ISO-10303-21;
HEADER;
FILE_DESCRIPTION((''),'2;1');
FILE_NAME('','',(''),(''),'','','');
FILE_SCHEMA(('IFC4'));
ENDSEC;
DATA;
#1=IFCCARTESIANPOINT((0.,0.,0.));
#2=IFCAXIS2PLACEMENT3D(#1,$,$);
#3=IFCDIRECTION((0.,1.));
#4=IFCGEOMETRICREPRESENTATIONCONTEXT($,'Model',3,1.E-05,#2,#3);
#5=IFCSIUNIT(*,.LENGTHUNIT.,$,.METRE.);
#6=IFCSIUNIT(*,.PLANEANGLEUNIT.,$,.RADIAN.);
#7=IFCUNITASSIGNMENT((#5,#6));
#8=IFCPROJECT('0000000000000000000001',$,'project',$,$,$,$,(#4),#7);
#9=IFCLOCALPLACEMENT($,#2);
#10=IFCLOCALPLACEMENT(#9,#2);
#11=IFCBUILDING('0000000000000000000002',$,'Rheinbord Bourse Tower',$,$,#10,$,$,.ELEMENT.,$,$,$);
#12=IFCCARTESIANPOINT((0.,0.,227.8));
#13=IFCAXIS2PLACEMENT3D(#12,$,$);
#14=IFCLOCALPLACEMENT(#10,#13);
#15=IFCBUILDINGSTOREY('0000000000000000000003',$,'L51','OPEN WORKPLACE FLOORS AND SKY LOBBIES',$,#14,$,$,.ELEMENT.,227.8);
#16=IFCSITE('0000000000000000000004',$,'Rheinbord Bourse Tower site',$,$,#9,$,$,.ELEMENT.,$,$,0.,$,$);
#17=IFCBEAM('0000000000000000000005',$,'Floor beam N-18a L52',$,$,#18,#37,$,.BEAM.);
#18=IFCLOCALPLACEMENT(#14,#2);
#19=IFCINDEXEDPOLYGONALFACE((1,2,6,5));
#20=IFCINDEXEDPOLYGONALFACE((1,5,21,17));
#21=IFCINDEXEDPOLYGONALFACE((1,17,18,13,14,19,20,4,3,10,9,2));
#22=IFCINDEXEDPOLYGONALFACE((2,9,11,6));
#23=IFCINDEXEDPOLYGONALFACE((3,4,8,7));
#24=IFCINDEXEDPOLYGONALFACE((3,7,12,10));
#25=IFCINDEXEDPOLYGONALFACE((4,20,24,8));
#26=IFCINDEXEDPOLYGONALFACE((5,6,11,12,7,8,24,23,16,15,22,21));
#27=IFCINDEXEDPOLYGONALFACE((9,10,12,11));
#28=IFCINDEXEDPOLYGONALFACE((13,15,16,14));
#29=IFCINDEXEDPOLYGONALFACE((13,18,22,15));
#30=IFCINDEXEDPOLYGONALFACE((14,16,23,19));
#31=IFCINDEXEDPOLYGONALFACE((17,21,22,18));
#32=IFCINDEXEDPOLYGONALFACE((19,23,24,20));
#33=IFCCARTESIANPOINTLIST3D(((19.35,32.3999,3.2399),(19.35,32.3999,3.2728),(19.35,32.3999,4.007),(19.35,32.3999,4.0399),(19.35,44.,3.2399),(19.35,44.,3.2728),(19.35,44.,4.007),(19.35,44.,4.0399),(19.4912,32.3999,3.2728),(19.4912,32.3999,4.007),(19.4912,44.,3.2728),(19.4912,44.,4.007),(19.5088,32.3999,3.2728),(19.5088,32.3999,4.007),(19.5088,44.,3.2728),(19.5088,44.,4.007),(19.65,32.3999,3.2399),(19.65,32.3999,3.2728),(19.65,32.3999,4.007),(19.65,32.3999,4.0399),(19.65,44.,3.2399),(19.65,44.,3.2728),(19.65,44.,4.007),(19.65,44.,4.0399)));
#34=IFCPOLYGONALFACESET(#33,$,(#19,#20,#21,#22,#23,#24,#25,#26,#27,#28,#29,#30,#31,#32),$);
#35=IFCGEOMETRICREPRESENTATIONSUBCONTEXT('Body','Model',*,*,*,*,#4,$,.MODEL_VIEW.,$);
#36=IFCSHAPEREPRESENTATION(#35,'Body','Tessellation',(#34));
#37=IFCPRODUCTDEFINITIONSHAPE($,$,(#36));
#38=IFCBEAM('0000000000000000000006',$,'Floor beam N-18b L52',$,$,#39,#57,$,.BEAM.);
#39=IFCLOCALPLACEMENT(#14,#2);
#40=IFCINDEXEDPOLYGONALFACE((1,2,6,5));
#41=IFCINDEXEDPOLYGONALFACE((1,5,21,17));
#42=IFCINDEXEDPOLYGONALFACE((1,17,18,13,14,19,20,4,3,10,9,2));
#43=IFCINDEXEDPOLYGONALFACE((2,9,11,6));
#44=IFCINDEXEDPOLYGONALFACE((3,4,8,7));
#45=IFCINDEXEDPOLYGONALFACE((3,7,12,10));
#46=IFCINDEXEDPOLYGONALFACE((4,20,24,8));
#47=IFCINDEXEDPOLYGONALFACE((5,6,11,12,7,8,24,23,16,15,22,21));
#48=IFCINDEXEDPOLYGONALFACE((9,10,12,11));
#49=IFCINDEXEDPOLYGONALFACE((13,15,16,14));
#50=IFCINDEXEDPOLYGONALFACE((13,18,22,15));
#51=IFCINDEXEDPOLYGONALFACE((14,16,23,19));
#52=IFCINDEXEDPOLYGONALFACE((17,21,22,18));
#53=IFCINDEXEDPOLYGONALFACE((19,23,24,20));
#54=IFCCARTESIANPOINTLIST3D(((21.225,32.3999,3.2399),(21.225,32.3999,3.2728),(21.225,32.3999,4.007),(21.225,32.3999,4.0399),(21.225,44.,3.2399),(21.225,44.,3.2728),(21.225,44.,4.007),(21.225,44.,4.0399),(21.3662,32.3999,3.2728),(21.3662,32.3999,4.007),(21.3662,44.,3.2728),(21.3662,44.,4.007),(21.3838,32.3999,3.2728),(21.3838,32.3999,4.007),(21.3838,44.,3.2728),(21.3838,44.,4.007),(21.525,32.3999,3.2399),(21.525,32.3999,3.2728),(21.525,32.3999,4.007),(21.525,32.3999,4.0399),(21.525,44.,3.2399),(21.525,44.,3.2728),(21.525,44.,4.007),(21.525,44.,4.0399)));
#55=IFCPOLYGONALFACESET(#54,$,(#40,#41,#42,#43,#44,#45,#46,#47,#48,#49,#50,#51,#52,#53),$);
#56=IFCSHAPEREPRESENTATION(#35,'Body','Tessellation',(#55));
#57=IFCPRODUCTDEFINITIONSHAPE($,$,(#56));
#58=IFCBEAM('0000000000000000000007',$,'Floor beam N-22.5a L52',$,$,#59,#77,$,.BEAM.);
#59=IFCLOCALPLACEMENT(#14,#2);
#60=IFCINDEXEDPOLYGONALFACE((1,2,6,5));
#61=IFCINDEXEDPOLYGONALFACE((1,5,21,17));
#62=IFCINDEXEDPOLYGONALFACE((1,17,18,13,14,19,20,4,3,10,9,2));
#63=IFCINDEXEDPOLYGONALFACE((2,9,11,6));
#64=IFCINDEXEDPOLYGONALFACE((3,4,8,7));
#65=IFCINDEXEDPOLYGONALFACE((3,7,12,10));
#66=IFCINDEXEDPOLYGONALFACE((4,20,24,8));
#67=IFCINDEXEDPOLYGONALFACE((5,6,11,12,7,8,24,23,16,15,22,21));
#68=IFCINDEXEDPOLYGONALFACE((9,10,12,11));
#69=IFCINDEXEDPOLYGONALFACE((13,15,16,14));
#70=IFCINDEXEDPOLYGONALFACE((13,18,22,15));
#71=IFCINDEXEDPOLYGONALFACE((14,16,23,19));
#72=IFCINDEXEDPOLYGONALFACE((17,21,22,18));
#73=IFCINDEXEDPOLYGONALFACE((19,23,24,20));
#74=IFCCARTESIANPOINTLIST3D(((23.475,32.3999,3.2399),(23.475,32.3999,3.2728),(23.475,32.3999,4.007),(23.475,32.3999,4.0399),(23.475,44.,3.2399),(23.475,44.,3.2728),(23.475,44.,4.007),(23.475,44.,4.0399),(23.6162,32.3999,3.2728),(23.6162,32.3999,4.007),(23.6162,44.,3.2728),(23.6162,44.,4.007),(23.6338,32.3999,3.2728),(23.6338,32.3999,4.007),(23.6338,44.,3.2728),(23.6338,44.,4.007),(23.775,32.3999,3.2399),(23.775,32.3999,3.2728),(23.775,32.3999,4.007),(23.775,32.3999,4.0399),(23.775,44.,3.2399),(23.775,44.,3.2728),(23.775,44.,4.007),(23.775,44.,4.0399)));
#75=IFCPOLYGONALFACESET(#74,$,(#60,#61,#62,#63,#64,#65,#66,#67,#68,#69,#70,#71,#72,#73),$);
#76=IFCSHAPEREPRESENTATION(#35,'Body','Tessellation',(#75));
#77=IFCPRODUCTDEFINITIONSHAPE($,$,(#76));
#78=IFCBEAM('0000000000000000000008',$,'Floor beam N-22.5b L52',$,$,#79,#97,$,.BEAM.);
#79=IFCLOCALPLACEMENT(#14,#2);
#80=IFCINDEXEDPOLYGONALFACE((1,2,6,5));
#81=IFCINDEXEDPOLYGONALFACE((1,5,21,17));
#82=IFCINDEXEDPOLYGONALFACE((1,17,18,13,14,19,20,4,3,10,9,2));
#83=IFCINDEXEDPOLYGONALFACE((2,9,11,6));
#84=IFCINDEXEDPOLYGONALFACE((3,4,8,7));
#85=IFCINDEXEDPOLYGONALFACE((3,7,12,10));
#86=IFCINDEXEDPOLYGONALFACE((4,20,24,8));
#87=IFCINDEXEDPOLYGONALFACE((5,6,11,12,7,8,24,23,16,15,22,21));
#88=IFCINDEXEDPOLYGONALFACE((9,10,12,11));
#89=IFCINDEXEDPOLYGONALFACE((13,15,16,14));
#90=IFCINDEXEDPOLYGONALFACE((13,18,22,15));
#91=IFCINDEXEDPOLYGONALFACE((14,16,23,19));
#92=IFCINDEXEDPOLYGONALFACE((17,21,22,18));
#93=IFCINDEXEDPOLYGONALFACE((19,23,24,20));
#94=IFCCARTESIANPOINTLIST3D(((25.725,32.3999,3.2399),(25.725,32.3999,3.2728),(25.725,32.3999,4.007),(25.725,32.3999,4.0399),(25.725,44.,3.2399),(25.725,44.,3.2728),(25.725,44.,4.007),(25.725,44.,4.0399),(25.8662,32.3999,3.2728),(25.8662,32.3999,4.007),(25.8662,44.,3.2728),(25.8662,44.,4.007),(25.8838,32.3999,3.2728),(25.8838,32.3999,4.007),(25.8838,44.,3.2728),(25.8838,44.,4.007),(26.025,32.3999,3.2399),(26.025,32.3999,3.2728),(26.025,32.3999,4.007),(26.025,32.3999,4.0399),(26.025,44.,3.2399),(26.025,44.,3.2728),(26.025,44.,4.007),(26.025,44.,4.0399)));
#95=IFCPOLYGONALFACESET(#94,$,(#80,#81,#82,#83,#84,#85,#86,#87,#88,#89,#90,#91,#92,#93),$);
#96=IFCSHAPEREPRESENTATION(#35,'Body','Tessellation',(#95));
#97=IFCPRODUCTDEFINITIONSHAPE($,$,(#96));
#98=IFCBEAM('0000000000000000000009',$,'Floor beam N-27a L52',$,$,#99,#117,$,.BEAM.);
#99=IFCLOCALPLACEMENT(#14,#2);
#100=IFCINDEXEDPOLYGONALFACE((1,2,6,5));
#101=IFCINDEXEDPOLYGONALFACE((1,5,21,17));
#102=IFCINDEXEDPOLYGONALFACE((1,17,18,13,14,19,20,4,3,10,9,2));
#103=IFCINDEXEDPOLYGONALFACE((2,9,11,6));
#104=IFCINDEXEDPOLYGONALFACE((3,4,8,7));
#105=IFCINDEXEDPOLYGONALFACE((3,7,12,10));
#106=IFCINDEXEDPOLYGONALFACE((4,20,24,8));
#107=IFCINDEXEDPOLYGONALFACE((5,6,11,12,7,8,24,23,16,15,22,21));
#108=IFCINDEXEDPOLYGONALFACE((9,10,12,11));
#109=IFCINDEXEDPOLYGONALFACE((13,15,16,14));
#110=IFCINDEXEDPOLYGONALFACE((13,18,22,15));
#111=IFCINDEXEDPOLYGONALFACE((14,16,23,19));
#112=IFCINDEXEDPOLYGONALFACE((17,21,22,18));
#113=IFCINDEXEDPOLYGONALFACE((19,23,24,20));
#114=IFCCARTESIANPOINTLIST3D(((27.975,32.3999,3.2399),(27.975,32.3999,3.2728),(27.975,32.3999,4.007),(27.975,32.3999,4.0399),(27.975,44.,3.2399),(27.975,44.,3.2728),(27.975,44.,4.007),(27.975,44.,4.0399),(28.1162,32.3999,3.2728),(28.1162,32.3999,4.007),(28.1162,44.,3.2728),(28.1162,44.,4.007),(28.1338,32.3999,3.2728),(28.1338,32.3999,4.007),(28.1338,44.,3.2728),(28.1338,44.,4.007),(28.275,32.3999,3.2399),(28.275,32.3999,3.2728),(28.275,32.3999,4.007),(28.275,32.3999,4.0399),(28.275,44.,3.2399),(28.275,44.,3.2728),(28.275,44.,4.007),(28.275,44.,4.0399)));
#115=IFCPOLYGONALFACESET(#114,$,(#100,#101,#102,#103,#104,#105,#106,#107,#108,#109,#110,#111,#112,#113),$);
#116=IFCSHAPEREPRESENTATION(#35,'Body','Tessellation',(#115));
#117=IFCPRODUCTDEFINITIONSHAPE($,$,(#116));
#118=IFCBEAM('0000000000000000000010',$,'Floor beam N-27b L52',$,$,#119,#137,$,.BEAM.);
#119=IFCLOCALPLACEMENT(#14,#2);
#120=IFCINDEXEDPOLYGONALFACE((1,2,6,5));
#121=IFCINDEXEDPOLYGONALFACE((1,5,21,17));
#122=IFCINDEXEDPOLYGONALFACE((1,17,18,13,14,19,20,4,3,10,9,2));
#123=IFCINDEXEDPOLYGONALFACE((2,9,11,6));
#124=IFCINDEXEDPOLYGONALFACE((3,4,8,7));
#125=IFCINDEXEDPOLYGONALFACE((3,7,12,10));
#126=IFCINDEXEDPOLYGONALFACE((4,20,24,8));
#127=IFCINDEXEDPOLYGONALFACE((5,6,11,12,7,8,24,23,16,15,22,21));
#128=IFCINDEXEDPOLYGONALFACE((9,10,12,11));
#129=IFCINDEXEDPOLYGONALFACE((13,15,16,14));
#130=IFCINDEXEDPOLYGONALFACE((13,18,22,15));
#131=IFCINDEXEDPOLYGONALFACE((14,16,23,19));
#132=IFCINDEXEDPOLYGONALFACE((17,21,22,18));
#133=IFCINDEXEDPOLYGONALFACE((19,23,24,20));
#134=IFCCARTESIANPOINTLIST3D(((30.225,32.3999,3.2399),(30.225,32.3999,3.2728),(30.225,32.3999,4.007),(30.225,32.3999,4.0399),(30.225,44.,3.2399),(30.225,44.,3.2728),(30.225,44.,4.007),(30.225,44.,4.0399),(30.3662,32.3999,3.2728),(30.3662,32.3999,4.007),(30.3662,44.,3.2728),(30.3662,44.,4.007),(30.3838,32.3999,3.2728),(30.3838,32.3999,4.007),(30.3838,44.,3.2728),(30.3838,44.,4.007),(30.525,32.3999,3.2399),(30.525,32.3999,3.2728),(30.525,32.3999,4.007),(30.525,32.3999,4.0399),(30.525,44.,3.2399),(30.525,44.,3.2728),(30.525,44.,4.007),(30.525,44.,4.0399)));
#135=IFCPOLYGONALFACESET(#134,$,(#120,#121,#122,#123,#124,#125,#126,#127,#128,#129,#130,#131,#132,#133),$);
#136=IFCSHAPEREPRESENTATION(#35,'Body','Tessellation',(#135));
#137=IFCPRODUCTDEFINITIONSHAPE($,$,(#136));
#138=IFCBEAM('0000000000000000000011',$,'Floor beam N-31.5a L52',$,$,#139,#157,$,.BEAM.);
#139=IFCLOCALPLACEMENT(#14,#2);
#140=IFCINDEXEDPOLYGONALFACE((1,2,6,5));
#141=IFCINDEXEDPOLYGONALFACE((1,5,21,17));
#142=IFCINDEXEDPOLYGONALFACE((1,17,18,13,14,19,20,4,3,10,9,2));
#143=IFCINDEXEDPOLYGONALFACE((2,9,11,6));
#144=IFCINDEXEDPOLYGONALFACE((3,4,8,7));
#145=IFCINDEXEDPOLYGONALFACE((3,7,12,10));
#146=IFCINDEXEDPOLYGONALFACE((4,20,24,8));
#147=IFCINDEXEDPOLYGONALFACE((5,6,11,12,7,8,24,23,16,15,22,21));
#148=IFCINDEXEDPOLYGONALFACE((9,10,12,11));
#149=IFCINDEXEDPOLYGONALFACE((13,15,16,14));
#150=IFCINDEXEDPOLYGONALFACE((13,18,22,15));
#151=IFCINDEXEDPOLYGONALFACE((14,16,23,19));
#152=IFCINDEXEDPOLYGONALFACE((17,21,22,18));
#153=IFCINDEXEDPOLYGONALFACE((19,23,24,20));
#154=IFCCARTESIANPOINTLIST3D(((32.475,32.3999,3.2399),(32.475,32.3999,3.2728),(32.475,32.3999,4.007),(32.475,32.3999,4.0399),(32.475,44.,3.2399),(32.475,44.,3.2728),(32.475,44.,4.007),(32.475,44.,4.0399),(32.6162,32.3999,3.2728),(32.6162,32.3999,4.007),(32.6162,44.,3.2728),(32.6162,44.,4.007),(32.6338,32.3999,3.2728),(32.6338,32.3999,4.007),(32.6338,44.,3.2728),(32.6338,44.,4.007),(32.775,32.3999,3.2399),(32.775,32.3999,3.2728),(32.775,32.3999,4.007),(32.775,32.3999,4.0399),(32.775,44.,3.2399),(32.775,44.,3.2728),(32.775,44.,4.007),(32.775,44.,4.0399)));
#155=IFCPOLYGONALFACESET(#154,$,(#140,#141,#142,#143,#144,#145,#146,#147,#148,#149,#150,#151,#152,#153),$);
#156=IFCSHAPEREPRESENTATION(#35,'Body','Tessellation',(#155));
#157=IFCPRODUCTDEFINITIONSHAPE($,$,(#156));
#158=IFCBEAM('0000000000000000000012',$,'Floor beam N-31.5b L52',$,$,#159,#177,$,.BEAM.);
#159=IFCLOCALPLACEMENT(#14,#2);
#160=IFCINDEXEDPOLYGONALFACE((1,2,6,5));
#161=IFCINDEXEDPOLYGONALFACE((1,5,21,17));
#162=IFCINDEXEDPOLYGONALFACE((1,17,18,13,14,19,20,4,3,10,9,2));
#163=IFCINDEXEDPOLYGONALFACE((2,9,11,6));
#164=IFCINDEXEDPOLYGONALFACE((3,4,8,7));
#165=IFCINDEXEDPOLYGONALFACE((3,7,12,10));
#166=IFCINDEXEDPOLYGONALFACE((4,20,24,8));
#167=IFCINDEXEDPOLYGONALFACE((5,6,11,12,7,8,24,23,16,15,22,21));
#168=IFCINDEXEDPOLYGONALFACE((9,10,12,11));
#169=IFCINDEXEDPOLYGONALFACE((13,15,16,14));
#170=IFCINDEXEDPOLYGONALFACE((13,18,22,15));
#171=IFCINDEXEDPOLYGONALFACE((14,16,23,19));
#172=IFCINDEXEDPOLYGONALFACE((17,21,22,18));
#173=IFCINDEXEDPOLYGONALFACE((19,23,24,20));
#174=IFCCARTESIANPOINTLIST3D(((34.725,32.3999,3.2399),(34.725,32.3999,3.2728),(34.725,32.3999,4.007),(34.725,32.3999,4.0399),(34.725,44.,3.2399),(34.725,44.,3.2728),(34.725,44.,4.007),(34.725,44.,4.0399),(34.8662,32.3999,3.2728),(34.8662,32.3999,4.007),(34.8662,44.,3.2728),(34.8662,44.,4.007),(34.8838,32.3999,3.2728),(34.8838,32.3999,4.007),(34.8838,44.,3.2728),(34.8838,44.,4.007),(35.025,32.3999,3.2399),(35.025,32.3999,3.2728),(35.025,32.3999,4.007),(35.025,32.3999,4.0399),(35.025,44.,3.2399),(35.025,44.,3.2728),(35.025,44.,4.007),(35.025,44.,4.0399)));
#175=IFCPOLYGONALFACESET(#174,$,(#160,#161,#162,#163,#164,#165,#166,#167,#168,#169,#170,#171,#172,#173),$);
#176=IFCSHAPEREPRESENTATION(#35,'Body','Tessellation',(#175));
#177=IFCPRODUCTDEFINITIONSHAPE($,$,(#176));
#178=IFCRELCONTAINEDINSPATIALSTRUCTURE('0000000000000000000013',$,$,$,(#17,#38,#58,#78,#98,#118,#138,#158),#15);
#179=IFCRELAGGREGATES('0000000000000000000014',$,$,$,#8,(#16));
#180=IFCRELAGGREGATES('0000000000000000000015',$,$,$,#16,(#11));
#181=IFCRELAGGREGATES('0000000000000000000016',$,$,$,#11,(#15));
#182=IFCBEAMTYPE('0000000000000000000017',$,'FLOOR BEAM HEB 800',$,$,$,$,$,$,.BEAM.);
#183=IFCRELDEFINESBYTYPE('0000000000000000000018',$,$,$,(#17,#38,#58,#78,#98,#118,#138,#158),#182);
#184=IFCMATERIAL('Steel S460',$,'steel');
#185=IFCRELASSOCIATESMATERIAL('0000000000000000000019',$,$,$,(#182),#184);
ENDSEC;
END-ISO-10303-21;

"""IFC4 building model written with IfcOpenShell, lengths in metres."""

from ifc_helpers import new_model, si_unit, direction, frame, origin, origin_2d, place, context, subcontext, project, spatial, i_section, extrude, material, material_profile, profile_set, type_object, element, save


model = new_model("IFC4")

# Units and contexts
model_context = context("Model", 3, precision=1e-05, world=origin(), true_north=direction((0.0, 1.0)))
body_context = subcontext(model_context, "Body", "Model", "MODEL_VIEW")
ifc_project = project(units=[si_unit("LENGTHUNIT", "METRE"), si_unit("PLANEANGLEUNIT", "RADIAN")], contexts=[model_context])

# Site, building, storey
site_placement = place(None, origin())
site = spatial("IfcSite", under=ifc_project, at=site_placement, Name="Rheinbord Bourse Tower site", CompositionType="ELEMENT", RefElevation=0.0)
building_placement = place(site_placement, origin())
building = spatial("IfcBuilding", under=site, at=building_placement, Name="Rheinbord Bourse Tower", CompositionType="ELEMENT")
storey_placement = place(building_placement, frame((0.0, 0.0, 227.8)))
storey = spatial("IfcBuildingStorey", under=building, at=storey_placement, Name="L51", Description="OPEN WORKPLACE FLOORS AND SKY LOBBIES", CompositionType="ELEMENT", Elevation=227.8)

# Beams
ifc_material_1 = material(Name="Steel S460", Category="steel")
ifc_material_profile_1 = material_profile(ifc_material_1, i_section(OverallWidth=0.3, OverallDepth=0.8, WebThickness=0.0176, FlangeThickness=0.033, at=origin_2d()), Name="HEB 800")
ifc_profile_set_1 = profile_set([ifc_material_profile_1], Name="Steel S460")
beam_type_1 = type_object("IfcBeamType", Name="FLOOR BEAM HEB 800", PredefinedType="BEAM", material=ifc_profile_set_1)
for number, where, z_axis, x_axis, name in (
    (1, (19.5, 44.0, 3.6399), (0.0, -1.0, 0.0), (1.0, 0.0, 0.0), "Floor beam N-18a L52"),
    (2, (21.375, 44.0, 3.6399), (0.0, -1.0, 0.0), (1.0, 0.0, 0.0), "Floor beam N-18b L52"),
    (3, (23.625, 44.0, 3.6399), (0.0, -1.0, 0.0), (1.0, 0.0, 0.0), "Floor beam N-22.5a L52"),
    (4, (25.875, 44.0, 3.6399), (0.0, -1.0, 0.0), (1.0, 0.0, 0.0), "Floor beam N-22.5b L52"),
    (5, (28.125, 44.0, 3.6399), (0.0, -1.0, 0.0), (1.0, 0.0, 0.0), "Floor beam N-27a L52"),
    (6, (30.375, 44.0, 3.6399), (0.0, -1.0, 0.0), (1.0, 0.0, 0.0), "Floor beam N-27b L52"),
    (7, (32.625, 44.0, 3.6399), (0.0, -1.0, 0.0), (1.0, 0.0, 0.0), "Floor beam N-31.5a L52"),
    (8, (34.875, 44.0, 3.6399), (0.0, -1.0, 0.0), (1.0, 0.0, 0.0), "Floor beam N-31.5b L52"),
):
    element("IfcBeam", number, at=place(storey_placement, frame(where, z_axis=z_axis, x_axis=x_axis)), inside=storey, type_object=beam_type_1, Name=name, PredefinedType="BEAM", context=body_context, shape_type="SweptSolid", body=[
        extrude(i_section(OverallWidth=0.3, OverallDepth=0.8, WebThickness=0.0176, FlangeThickness=0.033, at=origin_2d()), origin(), (0.0, 0.0, 1.0), 11.6001),
    ])

save(model, "model.ifc")
